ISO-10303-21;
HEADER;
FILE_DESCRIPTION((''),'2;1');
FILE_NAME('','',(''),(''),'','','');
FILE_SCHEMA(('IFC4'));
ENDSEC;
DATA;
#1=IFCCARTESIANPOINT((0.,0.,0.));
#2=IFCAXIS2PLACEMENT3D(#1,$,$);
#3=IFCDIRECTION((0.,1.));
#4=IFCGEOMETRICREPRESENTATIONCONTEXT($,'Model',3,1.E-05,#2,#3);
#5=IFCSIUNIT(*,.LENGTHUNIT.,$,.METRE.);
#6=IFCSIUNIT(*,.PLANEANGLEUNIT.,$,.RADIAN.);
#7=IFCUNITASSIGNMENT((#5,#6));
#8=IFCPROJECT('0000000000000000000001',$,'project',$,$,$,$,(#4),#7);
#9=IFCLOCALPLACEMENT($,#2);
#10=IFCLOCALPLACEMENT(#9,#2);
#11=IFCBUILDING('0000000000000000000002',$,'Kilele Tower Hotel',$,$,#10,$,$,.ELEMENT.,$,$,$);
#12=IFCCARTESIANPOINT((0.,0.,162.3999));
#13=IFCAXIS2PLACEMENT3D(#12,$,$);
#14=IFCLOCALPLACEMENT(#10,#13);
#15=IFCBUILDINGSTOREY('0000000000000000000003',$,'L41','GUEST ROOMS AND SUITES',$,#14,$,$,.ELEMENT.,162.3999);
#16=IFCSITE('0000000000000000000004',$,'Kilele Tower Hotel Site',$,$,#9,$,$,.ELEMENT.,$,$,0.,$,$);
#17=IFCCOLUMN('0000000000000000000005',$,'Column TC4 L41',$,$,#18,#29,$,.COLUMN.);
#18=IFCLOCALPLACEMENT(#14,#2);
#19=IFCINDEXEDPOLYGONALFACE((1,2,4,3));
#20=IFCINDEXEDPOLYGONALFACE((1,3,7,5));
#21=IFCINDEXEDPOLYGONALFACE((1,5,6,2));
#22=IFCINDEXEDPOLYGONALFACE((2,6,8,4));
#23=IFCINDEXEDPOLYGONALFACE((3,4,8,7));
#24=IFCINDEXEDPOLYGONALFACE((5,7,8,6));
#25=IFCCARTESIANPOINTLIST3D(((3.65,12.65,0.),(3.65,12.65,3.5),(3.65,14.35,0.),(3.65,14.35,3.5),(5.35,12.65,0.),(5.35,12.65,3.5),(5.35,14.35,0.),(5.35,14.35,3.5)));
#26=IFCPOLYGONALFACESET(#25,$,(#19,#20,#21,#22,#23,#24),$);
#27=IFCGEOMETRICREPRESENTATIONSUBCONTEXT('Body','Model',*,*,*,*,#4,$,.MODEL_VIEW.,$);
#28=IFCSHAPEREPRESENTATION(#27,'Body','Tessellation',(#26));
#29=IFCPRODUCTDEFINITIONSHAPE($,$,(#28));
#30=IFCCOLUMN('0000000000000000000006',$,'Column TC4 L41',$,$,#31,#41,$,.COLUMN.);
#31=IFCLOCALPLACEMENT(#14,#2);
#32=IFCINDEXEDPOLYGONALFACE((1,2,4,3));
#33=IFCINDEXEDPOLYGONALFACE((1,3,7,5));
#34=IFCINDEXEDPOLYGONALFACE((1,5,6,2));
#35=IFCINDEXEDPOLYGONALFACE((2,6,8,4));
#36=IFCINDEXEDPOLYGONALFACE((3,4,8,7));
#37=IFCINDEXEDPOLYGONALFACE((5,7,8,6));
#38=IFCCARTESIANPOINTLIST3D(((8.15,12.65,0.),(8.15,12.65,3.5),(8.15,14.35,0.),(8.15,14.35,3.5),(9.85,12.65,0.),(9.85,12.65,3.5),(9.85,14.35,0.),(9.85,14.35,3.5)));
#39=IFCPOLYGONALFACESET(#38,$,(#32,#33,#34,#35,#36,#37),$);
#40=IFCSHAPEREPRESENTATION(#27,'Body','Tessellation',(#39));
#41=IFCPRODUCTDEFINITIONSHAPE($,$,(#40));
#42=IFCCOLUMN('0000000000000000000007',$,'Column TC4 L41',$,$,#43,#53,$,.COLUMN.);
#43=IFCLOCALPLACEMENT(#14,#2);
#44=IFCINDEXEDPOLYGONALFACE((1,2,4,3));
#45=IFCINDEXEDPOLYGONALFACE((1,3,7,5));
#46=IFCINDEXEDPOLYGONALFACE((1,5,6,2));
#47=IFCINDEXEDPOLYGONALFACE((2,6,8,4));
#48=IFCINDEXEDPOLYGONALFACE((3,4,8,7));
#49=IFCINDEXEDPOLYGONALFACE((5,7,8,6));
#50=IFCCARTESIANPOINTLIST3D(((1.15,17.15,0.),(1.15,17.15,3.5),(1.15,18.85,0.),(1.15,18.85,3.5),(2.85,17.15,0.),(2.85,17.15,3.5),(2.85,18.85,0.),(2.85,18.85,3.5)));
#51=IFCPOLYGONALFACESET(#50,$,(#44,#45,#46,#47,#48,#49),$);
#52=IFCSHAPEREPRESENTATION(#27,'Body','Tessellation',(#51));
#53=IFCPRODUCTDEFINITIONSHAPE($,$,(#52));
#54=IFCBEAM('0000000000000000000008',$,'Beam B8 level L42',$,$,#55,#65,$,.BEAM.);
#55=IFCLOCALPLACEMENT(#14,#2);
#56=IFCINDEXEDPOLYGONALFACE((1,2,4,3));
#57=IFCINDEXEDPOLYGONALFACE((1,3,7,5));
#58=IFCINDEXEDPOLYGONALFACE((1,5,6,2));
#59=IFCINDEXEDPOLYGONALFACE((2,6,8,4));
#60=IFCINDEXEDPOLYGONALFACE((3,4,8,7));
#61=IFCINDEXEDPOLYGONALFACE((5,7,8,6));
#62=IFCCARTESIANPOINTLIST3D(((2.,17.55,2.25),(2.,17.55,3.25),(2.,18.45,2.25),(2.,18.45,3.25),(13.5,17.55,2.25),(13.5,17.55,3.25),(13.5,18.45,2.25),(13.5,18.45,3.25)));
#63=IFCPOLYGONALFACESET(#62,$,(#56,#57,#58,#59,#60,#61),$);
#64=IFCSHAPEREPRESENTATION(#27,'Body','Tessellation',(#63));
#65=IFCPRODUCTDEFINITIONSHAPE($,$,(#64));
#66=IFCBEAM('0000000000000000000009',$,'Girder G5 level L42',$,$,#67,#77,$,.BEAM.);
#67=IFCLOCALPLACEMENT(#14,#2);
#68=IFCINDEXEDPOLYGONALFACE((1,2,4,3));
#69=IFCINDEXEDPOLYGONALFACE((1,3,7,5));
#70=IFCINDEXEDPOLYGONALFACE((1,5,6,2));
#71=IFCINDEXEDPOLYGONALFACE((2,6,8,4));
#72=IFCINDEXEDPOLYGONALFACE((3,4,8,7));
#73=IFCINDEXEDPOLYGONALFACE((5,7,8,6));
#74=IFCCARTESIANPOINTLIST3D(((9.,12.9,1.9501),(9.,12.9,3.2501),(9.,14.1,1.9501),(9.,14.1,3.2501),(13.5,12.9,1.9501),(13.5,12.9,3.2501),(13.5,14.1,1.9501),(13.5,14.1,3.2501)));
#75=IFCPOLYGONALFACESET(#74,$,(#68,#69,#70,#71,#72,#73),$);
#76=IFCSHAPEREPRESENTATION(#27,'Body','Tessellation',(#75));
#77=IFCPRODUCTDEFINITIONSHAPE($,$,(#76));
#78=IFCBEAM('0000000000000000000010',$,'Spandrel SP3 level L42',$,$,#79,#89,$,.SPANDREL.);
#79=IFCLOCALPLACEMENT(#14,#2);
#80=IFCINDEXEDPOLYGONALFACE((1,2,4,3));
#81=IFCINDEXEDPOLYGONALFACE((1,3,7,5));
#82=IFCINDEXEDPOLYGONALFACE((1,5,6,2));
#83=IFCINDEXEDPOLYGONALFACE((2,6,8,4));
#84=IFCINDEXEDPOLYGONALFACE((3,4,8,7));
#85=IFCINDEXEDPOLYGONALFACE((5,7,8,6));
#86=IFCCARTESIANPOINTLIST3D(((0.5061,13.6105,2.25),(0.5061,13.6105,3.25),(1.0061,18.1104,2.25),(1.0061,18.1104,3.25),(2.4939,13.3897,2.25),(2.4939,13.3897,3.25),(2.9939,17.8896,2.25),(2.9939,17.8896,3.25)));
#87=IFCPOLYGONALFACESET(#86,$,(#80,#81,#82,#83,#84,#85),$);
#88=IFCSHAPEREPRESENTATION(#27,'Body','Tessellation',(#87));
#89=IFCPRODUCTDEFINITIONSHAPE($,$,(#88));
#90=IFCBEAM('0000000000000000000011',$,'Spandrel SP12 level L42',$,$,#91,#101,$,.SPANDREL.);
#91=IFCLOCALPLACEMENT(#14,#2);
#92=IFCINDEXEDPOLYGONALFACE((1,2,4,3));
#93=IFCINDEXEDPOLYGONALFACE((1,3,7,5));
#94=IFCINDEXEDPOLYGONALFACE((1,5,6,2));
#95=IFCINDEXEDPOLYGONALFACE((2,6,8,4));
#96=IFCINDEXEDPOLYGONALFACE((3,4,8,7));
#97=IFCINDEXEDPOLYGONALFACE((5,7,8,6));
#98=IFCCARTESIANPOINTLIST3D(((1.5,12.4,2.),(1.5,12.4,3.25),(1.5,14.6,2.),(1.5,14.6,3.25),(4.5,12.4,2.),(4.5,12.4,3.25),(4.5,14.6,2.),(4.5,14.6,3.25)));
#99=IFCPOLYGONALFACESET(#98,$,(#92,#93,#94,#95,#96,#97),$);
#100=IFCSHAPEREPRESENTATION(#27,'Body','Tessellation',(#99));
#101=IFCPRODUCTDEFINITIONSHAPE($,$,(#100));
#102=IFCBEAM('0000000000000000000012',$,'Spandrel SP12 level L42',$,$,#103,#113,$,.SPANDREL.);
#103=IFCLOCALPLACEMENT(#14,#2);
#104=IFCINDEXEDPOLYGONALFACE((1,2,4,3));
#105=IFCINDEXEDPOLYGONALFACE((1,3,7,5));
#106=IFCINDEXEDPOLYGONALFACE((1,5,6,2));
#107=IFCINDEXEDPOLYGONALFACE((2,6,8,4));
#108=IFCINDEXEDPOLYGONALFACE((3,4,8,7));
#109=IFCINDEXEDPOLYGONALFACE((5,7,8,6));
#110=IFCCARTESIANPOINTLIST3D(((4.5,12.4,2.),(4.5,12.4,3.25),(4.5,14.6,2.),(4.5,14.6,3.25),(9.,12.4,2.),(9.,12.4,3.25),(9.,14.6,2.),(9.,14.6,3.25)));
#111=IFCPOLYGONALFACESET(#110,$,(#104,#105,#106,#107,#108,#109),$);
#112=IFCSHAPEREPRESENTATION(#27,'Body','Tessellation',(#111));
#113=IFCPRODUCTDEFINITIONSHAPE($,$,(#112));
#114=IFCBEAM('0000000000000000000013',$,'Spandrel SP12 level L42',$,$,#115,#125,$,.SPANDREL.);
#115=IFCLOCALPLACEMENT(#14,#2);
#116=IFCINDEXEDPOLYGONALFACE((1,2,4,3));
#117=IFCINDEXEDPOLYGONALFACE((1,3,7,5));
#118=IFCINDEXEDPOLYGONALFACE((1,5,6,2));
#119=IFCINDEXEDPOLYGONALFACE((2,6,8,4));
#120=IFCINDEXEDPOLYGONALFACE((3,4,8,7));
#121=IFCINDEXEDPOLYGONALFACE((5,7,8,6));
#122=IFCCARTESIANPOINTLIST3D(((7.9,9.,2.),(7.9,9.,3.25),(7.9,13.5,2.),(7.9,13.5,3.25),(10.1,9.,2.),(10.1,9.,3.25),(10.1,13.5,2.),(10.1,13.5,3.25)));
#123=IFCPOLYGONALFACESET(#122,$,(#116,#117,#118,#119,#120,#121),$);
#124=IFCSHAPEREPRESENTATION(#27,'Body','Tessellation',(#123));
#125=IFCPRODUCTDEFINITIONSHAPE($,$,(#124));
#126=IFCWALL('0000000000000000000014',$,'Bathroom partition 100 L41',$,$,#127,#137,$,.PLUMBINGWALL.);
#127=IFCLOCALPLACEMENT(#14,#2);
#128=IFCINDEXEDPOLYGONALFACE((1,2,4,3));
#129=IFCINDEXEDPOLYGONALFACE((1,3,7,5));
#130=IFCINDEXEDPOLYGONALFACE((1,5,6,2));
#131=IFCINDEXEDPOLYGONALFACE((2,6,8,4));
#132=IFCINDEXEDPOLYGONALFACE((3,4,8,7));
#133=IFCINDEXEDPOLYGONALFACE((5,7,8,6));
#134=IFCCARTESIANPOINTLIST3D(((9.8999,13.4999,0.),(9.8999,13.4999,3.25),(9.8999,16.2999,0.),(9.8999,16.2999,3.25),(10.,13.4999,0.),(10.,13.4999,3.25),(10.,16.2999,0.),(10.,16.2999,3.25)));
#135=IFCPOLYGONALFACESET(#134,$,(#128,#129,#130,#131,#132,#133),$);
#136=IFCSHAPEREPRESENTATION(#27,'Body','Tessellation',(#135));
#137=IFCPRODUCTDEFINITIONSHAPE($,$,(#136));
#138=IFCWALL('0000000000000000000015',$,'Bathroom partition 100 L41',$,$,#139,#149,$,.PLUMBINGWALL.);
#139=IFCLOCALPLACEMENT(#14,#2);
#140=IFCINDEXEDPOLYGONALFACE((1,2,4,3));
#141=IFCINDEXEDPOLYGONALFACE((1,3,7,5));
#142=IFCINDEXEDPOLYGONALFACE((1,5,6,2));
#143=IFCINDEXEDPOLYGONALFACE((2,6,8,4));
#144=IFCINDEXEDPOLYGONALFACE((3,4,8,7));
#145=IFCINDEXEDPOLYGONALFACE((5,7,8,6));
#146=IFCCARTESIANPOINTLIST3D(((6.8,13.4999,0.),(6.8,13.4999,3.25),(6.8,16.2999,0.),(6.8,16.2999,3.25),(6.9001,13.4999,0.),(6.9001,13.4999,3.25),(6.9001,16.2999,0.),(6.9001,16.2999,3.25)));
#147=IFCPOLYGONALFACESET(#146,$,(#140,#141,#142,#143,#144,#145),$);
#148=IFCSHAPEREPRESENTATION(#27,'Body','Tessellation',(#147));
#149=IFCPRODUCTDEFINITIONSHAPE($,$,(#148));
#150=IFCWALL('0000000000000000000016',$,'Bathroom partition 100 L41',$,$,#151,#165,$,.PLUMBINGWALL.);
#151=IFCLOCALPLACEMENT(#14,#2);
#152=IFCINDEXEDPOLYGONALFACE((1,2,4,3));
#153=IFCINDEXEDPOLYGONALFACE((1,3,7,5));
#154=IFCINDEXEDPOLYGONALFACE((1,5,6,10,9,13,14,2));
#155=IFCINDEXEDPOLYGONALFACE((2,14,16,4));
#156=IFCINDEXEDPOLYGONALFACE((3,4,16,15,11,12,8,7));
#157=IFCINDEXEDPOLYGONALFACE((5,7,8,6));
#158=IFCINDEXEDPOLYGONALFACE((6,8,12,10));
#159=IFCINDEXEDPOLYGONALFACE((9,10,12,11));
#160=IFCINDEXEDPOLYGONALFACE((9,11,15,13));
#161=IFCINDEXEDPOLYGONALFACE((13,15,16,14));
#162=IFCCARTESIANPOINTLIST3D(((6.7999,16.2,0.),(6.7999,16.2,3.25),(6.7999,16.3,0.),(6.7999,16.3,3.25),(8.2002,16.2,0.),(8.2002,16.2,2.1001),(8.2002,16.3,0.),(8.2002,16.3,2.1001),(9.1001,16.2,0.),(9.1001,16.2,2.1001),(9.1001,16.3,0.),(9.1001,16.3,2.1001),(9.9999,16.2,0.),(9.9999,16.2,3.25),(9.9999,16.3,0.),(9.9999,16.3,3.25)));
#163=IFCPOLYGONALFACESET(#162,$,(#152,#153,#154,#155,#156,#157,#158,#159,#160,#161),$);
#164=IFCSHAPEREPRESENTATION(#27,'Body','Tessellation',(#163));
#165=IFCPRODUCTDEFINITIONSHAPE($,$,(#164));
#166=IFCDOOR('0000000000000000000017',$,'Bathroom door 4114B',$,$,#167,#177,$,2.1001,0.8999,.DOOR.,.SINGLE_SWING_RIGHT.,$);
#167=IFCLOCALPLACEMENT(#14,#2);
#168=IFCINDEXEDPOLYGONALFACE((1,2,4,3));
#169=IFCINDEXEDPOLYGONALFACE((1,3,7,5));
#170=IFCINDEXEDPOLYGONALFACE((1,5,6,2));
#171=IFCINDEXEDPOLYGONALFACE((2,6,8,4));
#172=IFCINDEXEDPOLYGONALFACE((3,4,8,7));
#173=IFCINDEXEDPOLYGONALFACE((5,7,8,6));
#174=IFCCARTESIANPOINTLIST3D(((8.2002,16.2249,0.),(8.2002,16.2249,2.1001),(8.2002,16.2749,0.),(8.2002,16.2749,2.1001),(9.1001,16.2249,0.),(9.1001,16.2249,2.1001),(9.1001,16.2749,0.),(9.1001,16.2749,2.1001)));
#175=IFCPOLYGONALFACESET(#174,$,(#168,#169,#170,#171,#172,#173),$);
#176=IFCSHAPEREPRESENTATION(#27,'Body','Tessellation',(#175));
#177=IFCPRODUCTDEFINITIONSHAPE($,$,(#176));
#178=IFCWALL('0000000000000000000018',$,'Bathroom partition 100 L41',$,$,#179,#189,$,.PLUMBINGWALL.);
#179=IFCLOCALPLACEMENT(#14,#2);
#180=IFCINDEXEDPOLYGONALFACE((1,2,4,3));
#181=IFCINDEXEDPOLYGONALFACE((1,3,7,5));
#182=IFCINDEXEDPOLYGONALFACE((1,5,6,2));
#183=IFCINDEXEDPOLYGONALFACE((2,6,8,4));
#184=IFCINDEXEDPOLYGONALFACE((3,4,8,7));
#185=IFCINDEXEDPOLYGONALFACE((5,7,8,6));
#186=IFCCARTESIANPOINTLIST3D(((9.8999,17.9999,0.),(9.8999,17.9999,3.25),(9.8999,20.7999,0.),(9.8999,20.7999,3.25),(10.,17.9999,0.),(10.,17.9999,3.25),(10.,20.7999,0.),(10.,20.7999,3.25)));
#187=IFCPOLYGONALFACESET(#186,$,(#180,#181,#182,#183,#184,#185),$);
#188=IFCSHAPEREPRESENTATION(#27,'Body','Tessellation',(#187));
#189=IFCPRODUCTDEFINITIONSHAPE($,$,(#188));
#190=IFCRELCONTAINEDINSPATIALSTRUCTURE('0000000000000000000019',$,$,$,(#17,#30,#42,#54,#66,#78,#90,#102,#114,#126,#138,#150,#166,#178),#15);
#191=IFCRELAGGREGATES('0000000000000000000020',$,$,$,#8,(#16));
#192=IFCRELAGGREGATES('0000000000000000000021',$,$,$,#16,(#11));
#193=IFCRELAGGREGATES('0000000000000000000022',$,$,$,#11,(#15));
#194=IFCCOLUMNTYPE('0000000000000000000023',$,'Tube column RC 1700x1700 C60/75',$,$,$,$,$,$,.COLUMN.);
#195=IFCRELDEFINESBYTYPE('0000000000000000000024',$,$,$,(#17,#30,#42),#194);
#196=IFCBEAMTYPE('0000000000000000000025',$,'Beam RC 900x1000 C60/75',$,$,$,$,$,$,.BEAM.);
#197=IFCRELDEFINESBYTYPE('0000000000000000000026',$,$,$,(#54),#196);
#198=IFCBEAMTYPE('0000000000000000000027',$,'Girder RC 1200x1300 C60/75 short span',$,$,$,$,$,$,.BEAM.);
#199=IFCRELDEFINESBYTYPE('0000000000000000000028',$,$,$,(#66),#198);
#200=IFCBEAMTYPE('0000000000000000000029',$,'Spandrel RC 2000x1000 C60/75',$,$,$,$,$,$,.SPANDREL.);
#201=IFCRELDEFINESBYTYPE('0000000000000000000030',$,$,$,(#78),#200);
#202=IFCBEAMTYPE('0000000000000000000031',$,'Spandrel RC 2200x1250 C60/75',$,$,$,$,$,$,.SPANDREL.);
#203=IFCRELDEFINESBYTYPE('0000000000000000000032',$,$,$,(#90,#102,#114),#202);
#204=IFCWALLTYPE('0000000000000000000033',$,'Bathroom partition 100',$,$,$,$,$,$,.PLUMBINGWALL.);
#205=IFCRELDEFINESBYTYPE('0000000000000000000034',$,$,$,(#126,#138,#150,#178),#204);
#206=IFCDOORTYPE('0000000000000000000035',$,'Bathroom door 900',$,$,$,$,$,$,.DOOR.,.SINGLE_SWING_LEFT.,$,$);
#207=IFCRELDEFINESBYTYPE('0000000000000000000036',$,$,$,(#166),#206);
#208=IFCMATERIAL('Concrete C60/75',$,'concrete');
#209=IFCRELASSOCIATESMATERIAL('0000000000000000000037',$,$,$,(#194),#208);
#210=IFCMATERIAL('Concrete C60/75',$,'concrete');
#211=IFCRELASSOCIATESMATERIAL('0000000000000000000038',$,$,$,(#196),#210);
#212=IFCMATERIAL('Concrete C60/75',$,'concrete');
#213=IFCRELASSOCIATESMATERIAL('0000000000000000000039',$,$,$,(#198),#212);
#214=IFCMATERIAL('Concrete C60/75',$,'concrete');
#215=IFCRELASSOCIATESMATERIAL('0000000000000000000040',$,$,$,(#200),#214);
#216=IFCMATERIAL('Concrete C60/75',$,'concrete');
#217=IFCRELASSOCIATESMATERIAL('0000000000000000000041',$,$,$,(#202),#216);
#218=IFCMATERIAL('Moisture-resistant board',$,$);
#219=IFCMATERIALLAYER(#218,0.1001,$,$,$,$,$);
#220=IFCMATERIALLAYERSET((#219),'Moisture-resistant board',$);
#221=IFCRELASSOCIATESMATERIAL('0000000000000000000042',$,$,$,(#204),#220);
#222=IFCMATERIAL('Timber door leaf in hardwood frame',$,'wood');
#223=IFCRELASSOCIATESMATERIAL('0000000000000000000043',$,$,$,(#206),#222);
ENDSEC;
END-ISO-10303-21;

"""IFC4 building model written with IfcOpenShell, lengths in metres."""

from ifc_helpers import new_model, si_unit, direction, frame, frame_2d, origin, origin_2d, place, context, subcontext, project, spatial, rectangle, extrude, material, layer, layer_set, material_profile, profile_set, type_object, element, fill, save


model = new_model("IFC4")

# Units and contexts
model_context = context("Model", 3, precision=1e-05, world=origin(), true_north=direction((0.0, 1.0)))
body_context = subcontext(model_context, "Body", "Model", "MODEL_VIEW")
ifc_project = project(units=[si_unit("LENGTHUNIT", "METRE"), si_unit("PLANEANGLEUNIT", "RADIAN")], contexts=[model_context])

# Site, building, storey
site_placement = place(None, origin())
site = spatial("IfcSite", under=ifc_project, at=site_placement, Name="Kilele Tower Hotel Site", CompositionType="ELEMENT", RefElevation=0.0)
building_placement = place(site_placement, origin())
building = spatial("IfcBuilding", under=site, at=building_placement, Name="Kilele Tower Hotel", CompositionType="ELEMENT")
storey_placement = place(building_placement, frame((0.0, 0.0, 162.3999)))
storey = spatial("IfcBuildingStorey", under=building, at=storey_placement, Name="L41", Description="GUEST ROOMS AND SUITES", CompositionType="ELEMENT", Elevation=162.3999)

# Columns
ifc_material_1 = material(Name="Concrete C60/75", Category="concrete")
ifc_material_profile_1 = material_profile(ifc_material_1, rectangle(XDim=1.7, YDim=1.7, at=origin_2d()))
ifc_profile_set_1 = profile_set([ifc_material_profile_1], Name="Concrete C60/75")
column_type = type_object("IfcColumnType", Name="Tube column RC 1700x1700 C60/75", PredefinedType="COLUMN", material=ifc_profile_set_1)
for number, where, z_axis, x_axis, name in (
    (1, (4.5, 13.5, 0.0), (0.0, 0.0, 1.0), (1.0, 0.0, 0.0), "Column TC4 L41"),
    (2, (9.0, 13.5, 0.0), (0.0, 0.0, 1.0), (1.0, 0.0, 0.0), "Column TC4 L41"),
    (3, (2.0, 18.0, 0.0), (0.0, 0.0, 1.0), (1.0, 0.0, 0.0), "Column TC4 L41"),
):
    element("IfcColumn", number, at=place(storey_placement, frame(where, z_axis=z_axis, x_axis=x_axis)), inside=storey, type_object=column_type, Name=name, PredefinedType="COLUMN", context=body_context, shape_type="SweptSolid", body=[
        extrude(rectangle(XDim=1.7, YDim=1.7, at=origin_2d()), origin(), (0.0, 0.0, 1.0), 3.5),
    ])

# Beams
ifc_material_2 = material(Name="Concrete C60/75", Category="concrete")
ifc_material_profile_2 = material_profile(ifc_material_2, rectangle(XDim=0.8999, YDim=1.0, at=origin_2d()))
ifc_profile_set_2 = profile_set([ifc_material_profile_2], Name="Concrete C60/75")
beam_type_1 = type_object("IfcBeamType", Name="Beam RC 900x1000 C60/75", PredefinedType="BEAM", material=ifc_profile_set_2)
beam_1_placement = place(storey_placement, frame((2.0, 18.0, 2.75), z_axis=(1.0, 0.0, 0.0), x_axis=(0.0, 1.0, 0.0)))
element("IfcBeam", 4, at=beam_1_placement, inside=storey, type_object=beam_type_1, Name="Beam B8 level L42", PredefinedType="BEAM", context=body_context, shape_type="SweptSolid", body=[
    extrude(rectangle(XDim=0.8999, YDim=1.0, at=origin_2d()), origin(), (0.0, 0.0, 1.0), 11.5),
])
ifc_material_3 = material(Name="Concrete C60/75", Category="concrete")
ifc_material_profile_3 = material_profile(ifc_material_3, rectangle(XDim=1.2, YDim=1.3, at=origin_2d()))
ifc_profile_set_3 = profile_set([ifc_material_profile_3], Name="Concrete C60/75")
beam_type_2 = type_object("IfcBeamType", Name="Girder RC 1200x1300 C60/75 short span", PredefinedType="BEAM", material=ifc_profile_set_3)
beam_2_placement = place(storey_placement, frame((9.0, 13.5, 2.6001), z_axis=(1.0, 0.0, 0.0), x_axis=(0.0, 1.0, 0.0)))
element("IfcBeam", 5, at=beam_2_placement, inside=storey, type_object=beam_type_2, Name="Girder G5 level L42", PredefinedType="BEAM", context=body_context, shape_type="SweptSolid", body=[
    extrude(rectangle(XDim=1.2, YDim=1.3, at=origin_2d()), origin(), (0.0, 0.0, 1.0), 4.5),
])
ifc_material_4 = material(Name="Concrete C60/75", Category="concrete")
ifc_material_profile_4 = material_profile(ifc_material_4, rectangle(XDim=2.0, YDim=1.0, at=origin_2d()))
ifc_profile_set_4 = profile_set([ifc_material_profile_4], Name="Concrete C60/75")
beam_type_3 = type_object("IfcBeamType", Name="Spandrel RC 2000x1000 C60/75", PredefinedType="SPANDREL", material=ifc_profile_set_4)
beam_3_placement = place(storey_placement, frame((2.0, 18.0, 2.75), z_axis=(-0.110432, -0.993884, 0.0), x_axis=(0.993884, -0.110432, 0.0)))
element("IfcBeam", 6, at=beam_3_placement, inside=storey, type_object=beam_type_3, Name="Spandrel SP3 level L42", PredefinedType="SPANDREL", context=body_context, shape_type="SweptSolid", body=[
    extrude(rectangle(XDim=2.0, YDim=1.0, at=origin_2d()), origin(), (0.0, 0.0, 1.0), 4.5276),
])
ifc_material_5 = material(Name="Concrete C60/75", Category="concrete")
ifc_material_profile_5 = material_profile(ifc_material_5, rectangle(XDim=2.2, YDim=1.25, at=origin_2d()))
ifc_profile_set_5 = profile_set([ifc_material_profile_5], Name="Concrete C60/75")
beam_type_4 = type_object("IfcBeamType", Name="Spandrel RC 2200x1250 C60/75", PredefinedType="SPANDREL", material=ifc_profile_set_5)
beam_4_placement = place(storey_placement, frame((1.5, 13.5, 2.625), z_axis=(1.0, 0.0, 0.0), x_axis=(0.0, 1.0, 0.0)))
element("IfcBeam", 7, at=beam_4_placement, inside=storey, type_object=beam_type_4, Name="Spandrel SP12 level L42", PredefinedType="SPANDREL", context=body_context, shape_type="SweptSolid", body=[
    extrude(rectangle(XDim=2.2, YDim=1.25, at=origin_2d()), origin(), (0.0, 0.0, 1.0), 3.0),
])
for number, where, z_axis, x_axis, name in (
    (8, (4.5, 13.5, 2.625), (1.0, 0.0, 0.0), (0.0, 1.0, 0.0), "Spandrel SP12 level L42"),
    (9, (9.0, 13.5, 2.625), (0.0, -1.0, 0.0), (1.0, 0.0, 0.0), "Spandrel SP12 level L42"),
):
    element("IfcBeam", number, at=place(storey_placement, frame(where, z_axis=z_axis, x_axis=x_axis)), inside=storey, type_object=beam_type_4, Name=name, PredefinedType="SPANDREL", context=body_context, shape_type="SweptSolid", body=[
        extrude(rectangle(XDim=2.2, YDim=1.25, at=origin_2d()), origin(), (0.0, 0.0, 1.0), 4.5),
    ])

# Walls
ifc_material_6 = material(Name="Moisture-resistant board")
ifc_layer_1 = layer(ifc_material_6, 0.1001)
ifc_layer_set_1 = layer_set([ifc_layer_1], Name="Moisture-resistant board")
wall_type_1 = type_object("IfcWallType", Name="Bathroom partition 100", PredefinedType="PLUMBINGWALL", material=ifc_layer_set_1)
for number, where, z_axis, x_axis, name in (
    (10, (9.95, 13.5, 0.0), (0.0, 0.0, 1.0), (0.0, 1.0, 0.0), "Bathroom partition 100 L41"),
    (11, (6.8501, 13.5, 0.0), (0.0, 0.0, 1.0), (0.0, 1.0, 0.0), "Bathroom partition 100 L41"),
):
    element("IfcWall", number, at=place(storey_placement, frame(where, z_axis=z_axis, x_axis=x_axis)), inside=storey, type_object=wall_type_1, Name=name, PredefinedType="PLUMBINGWALL", context=body_context, shape_type="SweptSolid", body=[
        extrude(rectangle(XDim=2.8, YDim=0.1001, at=frame_2d((1.3999, 0.0))), origin(), (0.0, 0.0, 1.0), 3.25),
    ])

# Wall, opening, door
wall_1_placement = place(storey_placement, frame((10.0, 16.25, 0.0), z_axis=(0.0, 0.0, 1.0), x_axis=(-1.0, 0.0, 0.0)))
wall_1 = element("IfcWall", 12, at=wall_1_placement, inside=storey, type_object=wall_type_1, Name="Bathroom partition 100 L41", PredefinedType="PLUMBINGWALL", context=body_context, shape_type="SweptSolid", body=[
    extrude(rectangle(XDim=3.2, YDim=0.1001, at=frame_2d((1.6001, 0.0))), origin(), (0.0, 0.0, 1.0), 3.25),
])
opening_1_placement = place(wall_1_placement, frame((1.7998, 0.0, 0.0), z_axis=(0.0, 0.0, 1.0), x_axis=(-1.0, 0.0, 0.0)))
opening_1 = element("IfcOpeningElement", 13, at=opening_1_placement, cuts=wall_1, PredefinedType="OPENING", context=body_context, shape_type="SweptSolid", body=[
    extrude(rectangle(XDim=0.8999, YDim=2.1001, at=frame_2d((0.45, 1.05))), frame((0.0, 0.0601, 0.0), z_axis=(0.0, -1.0, 0.0), x_axis=(1.0, 0.0, 0.0)), (0.0, 0.0, 1.0), 0.1201),
])
ifc_material_7 = material(Name="Timber door leaf in hardwood frame", Category="wood")
door_type = type_object("IfcDoorType", Name="Bathroom door 900", OperationType="SINGLE_SWING_LEFT", PredefinedType="DOOR", material=ifc_material_7)
door_placement = place(opening_1_placement, origin())
door = element("IfcDoor", 14, at=door_placement, inside=storey, type_object=door_type, Name="Bathroom door 4114B", OperationType="SINGLE_SWING_RIGHT", OverallHeight=2.1001, OverallWidth=0.8999, PredefinedType="DOOR", context=body_context, shape_type="SweptSolid", body=[
    extrude(rectangle(XDim=0.8999, YDim=2.1001, at=frame_2d((0.45, 1.05))), frame((0.0, 0.0249, 0.0), z_axis=(0.0, -1.0, 0.0), x_axis=(1.0, 0.0, 0.0)), (0.0, 0.0, 1.0), 0.05),
])
fill(opening_1, door)

# Wall
for number, where, z_axis, x_axis, name in (
    (15, (9.95, 18.0, 0.0), (0.0, 0.0, 1.0), (0.0, 1.0, 0.0), "Bathroom partition 100 L41"),
):
    element("IfcWall", number, at=place(storey_placement, frame(where, z_axis=z_axis, x_axis=x_axis)), inside=storey, type_object=wall_type_1, Name=name, PredefinedType="PLUMBINGWALL", context=body_context, shape_type="SweptSolid", body=[
        extrude(rectangle(XDim=2.8, YDim=0.1001, at=frame_2d((1.3999, 0.0))), origin(), (0.0, 0.0, 1.0), 3.25),
    ])

save(model, "model.ifc")
